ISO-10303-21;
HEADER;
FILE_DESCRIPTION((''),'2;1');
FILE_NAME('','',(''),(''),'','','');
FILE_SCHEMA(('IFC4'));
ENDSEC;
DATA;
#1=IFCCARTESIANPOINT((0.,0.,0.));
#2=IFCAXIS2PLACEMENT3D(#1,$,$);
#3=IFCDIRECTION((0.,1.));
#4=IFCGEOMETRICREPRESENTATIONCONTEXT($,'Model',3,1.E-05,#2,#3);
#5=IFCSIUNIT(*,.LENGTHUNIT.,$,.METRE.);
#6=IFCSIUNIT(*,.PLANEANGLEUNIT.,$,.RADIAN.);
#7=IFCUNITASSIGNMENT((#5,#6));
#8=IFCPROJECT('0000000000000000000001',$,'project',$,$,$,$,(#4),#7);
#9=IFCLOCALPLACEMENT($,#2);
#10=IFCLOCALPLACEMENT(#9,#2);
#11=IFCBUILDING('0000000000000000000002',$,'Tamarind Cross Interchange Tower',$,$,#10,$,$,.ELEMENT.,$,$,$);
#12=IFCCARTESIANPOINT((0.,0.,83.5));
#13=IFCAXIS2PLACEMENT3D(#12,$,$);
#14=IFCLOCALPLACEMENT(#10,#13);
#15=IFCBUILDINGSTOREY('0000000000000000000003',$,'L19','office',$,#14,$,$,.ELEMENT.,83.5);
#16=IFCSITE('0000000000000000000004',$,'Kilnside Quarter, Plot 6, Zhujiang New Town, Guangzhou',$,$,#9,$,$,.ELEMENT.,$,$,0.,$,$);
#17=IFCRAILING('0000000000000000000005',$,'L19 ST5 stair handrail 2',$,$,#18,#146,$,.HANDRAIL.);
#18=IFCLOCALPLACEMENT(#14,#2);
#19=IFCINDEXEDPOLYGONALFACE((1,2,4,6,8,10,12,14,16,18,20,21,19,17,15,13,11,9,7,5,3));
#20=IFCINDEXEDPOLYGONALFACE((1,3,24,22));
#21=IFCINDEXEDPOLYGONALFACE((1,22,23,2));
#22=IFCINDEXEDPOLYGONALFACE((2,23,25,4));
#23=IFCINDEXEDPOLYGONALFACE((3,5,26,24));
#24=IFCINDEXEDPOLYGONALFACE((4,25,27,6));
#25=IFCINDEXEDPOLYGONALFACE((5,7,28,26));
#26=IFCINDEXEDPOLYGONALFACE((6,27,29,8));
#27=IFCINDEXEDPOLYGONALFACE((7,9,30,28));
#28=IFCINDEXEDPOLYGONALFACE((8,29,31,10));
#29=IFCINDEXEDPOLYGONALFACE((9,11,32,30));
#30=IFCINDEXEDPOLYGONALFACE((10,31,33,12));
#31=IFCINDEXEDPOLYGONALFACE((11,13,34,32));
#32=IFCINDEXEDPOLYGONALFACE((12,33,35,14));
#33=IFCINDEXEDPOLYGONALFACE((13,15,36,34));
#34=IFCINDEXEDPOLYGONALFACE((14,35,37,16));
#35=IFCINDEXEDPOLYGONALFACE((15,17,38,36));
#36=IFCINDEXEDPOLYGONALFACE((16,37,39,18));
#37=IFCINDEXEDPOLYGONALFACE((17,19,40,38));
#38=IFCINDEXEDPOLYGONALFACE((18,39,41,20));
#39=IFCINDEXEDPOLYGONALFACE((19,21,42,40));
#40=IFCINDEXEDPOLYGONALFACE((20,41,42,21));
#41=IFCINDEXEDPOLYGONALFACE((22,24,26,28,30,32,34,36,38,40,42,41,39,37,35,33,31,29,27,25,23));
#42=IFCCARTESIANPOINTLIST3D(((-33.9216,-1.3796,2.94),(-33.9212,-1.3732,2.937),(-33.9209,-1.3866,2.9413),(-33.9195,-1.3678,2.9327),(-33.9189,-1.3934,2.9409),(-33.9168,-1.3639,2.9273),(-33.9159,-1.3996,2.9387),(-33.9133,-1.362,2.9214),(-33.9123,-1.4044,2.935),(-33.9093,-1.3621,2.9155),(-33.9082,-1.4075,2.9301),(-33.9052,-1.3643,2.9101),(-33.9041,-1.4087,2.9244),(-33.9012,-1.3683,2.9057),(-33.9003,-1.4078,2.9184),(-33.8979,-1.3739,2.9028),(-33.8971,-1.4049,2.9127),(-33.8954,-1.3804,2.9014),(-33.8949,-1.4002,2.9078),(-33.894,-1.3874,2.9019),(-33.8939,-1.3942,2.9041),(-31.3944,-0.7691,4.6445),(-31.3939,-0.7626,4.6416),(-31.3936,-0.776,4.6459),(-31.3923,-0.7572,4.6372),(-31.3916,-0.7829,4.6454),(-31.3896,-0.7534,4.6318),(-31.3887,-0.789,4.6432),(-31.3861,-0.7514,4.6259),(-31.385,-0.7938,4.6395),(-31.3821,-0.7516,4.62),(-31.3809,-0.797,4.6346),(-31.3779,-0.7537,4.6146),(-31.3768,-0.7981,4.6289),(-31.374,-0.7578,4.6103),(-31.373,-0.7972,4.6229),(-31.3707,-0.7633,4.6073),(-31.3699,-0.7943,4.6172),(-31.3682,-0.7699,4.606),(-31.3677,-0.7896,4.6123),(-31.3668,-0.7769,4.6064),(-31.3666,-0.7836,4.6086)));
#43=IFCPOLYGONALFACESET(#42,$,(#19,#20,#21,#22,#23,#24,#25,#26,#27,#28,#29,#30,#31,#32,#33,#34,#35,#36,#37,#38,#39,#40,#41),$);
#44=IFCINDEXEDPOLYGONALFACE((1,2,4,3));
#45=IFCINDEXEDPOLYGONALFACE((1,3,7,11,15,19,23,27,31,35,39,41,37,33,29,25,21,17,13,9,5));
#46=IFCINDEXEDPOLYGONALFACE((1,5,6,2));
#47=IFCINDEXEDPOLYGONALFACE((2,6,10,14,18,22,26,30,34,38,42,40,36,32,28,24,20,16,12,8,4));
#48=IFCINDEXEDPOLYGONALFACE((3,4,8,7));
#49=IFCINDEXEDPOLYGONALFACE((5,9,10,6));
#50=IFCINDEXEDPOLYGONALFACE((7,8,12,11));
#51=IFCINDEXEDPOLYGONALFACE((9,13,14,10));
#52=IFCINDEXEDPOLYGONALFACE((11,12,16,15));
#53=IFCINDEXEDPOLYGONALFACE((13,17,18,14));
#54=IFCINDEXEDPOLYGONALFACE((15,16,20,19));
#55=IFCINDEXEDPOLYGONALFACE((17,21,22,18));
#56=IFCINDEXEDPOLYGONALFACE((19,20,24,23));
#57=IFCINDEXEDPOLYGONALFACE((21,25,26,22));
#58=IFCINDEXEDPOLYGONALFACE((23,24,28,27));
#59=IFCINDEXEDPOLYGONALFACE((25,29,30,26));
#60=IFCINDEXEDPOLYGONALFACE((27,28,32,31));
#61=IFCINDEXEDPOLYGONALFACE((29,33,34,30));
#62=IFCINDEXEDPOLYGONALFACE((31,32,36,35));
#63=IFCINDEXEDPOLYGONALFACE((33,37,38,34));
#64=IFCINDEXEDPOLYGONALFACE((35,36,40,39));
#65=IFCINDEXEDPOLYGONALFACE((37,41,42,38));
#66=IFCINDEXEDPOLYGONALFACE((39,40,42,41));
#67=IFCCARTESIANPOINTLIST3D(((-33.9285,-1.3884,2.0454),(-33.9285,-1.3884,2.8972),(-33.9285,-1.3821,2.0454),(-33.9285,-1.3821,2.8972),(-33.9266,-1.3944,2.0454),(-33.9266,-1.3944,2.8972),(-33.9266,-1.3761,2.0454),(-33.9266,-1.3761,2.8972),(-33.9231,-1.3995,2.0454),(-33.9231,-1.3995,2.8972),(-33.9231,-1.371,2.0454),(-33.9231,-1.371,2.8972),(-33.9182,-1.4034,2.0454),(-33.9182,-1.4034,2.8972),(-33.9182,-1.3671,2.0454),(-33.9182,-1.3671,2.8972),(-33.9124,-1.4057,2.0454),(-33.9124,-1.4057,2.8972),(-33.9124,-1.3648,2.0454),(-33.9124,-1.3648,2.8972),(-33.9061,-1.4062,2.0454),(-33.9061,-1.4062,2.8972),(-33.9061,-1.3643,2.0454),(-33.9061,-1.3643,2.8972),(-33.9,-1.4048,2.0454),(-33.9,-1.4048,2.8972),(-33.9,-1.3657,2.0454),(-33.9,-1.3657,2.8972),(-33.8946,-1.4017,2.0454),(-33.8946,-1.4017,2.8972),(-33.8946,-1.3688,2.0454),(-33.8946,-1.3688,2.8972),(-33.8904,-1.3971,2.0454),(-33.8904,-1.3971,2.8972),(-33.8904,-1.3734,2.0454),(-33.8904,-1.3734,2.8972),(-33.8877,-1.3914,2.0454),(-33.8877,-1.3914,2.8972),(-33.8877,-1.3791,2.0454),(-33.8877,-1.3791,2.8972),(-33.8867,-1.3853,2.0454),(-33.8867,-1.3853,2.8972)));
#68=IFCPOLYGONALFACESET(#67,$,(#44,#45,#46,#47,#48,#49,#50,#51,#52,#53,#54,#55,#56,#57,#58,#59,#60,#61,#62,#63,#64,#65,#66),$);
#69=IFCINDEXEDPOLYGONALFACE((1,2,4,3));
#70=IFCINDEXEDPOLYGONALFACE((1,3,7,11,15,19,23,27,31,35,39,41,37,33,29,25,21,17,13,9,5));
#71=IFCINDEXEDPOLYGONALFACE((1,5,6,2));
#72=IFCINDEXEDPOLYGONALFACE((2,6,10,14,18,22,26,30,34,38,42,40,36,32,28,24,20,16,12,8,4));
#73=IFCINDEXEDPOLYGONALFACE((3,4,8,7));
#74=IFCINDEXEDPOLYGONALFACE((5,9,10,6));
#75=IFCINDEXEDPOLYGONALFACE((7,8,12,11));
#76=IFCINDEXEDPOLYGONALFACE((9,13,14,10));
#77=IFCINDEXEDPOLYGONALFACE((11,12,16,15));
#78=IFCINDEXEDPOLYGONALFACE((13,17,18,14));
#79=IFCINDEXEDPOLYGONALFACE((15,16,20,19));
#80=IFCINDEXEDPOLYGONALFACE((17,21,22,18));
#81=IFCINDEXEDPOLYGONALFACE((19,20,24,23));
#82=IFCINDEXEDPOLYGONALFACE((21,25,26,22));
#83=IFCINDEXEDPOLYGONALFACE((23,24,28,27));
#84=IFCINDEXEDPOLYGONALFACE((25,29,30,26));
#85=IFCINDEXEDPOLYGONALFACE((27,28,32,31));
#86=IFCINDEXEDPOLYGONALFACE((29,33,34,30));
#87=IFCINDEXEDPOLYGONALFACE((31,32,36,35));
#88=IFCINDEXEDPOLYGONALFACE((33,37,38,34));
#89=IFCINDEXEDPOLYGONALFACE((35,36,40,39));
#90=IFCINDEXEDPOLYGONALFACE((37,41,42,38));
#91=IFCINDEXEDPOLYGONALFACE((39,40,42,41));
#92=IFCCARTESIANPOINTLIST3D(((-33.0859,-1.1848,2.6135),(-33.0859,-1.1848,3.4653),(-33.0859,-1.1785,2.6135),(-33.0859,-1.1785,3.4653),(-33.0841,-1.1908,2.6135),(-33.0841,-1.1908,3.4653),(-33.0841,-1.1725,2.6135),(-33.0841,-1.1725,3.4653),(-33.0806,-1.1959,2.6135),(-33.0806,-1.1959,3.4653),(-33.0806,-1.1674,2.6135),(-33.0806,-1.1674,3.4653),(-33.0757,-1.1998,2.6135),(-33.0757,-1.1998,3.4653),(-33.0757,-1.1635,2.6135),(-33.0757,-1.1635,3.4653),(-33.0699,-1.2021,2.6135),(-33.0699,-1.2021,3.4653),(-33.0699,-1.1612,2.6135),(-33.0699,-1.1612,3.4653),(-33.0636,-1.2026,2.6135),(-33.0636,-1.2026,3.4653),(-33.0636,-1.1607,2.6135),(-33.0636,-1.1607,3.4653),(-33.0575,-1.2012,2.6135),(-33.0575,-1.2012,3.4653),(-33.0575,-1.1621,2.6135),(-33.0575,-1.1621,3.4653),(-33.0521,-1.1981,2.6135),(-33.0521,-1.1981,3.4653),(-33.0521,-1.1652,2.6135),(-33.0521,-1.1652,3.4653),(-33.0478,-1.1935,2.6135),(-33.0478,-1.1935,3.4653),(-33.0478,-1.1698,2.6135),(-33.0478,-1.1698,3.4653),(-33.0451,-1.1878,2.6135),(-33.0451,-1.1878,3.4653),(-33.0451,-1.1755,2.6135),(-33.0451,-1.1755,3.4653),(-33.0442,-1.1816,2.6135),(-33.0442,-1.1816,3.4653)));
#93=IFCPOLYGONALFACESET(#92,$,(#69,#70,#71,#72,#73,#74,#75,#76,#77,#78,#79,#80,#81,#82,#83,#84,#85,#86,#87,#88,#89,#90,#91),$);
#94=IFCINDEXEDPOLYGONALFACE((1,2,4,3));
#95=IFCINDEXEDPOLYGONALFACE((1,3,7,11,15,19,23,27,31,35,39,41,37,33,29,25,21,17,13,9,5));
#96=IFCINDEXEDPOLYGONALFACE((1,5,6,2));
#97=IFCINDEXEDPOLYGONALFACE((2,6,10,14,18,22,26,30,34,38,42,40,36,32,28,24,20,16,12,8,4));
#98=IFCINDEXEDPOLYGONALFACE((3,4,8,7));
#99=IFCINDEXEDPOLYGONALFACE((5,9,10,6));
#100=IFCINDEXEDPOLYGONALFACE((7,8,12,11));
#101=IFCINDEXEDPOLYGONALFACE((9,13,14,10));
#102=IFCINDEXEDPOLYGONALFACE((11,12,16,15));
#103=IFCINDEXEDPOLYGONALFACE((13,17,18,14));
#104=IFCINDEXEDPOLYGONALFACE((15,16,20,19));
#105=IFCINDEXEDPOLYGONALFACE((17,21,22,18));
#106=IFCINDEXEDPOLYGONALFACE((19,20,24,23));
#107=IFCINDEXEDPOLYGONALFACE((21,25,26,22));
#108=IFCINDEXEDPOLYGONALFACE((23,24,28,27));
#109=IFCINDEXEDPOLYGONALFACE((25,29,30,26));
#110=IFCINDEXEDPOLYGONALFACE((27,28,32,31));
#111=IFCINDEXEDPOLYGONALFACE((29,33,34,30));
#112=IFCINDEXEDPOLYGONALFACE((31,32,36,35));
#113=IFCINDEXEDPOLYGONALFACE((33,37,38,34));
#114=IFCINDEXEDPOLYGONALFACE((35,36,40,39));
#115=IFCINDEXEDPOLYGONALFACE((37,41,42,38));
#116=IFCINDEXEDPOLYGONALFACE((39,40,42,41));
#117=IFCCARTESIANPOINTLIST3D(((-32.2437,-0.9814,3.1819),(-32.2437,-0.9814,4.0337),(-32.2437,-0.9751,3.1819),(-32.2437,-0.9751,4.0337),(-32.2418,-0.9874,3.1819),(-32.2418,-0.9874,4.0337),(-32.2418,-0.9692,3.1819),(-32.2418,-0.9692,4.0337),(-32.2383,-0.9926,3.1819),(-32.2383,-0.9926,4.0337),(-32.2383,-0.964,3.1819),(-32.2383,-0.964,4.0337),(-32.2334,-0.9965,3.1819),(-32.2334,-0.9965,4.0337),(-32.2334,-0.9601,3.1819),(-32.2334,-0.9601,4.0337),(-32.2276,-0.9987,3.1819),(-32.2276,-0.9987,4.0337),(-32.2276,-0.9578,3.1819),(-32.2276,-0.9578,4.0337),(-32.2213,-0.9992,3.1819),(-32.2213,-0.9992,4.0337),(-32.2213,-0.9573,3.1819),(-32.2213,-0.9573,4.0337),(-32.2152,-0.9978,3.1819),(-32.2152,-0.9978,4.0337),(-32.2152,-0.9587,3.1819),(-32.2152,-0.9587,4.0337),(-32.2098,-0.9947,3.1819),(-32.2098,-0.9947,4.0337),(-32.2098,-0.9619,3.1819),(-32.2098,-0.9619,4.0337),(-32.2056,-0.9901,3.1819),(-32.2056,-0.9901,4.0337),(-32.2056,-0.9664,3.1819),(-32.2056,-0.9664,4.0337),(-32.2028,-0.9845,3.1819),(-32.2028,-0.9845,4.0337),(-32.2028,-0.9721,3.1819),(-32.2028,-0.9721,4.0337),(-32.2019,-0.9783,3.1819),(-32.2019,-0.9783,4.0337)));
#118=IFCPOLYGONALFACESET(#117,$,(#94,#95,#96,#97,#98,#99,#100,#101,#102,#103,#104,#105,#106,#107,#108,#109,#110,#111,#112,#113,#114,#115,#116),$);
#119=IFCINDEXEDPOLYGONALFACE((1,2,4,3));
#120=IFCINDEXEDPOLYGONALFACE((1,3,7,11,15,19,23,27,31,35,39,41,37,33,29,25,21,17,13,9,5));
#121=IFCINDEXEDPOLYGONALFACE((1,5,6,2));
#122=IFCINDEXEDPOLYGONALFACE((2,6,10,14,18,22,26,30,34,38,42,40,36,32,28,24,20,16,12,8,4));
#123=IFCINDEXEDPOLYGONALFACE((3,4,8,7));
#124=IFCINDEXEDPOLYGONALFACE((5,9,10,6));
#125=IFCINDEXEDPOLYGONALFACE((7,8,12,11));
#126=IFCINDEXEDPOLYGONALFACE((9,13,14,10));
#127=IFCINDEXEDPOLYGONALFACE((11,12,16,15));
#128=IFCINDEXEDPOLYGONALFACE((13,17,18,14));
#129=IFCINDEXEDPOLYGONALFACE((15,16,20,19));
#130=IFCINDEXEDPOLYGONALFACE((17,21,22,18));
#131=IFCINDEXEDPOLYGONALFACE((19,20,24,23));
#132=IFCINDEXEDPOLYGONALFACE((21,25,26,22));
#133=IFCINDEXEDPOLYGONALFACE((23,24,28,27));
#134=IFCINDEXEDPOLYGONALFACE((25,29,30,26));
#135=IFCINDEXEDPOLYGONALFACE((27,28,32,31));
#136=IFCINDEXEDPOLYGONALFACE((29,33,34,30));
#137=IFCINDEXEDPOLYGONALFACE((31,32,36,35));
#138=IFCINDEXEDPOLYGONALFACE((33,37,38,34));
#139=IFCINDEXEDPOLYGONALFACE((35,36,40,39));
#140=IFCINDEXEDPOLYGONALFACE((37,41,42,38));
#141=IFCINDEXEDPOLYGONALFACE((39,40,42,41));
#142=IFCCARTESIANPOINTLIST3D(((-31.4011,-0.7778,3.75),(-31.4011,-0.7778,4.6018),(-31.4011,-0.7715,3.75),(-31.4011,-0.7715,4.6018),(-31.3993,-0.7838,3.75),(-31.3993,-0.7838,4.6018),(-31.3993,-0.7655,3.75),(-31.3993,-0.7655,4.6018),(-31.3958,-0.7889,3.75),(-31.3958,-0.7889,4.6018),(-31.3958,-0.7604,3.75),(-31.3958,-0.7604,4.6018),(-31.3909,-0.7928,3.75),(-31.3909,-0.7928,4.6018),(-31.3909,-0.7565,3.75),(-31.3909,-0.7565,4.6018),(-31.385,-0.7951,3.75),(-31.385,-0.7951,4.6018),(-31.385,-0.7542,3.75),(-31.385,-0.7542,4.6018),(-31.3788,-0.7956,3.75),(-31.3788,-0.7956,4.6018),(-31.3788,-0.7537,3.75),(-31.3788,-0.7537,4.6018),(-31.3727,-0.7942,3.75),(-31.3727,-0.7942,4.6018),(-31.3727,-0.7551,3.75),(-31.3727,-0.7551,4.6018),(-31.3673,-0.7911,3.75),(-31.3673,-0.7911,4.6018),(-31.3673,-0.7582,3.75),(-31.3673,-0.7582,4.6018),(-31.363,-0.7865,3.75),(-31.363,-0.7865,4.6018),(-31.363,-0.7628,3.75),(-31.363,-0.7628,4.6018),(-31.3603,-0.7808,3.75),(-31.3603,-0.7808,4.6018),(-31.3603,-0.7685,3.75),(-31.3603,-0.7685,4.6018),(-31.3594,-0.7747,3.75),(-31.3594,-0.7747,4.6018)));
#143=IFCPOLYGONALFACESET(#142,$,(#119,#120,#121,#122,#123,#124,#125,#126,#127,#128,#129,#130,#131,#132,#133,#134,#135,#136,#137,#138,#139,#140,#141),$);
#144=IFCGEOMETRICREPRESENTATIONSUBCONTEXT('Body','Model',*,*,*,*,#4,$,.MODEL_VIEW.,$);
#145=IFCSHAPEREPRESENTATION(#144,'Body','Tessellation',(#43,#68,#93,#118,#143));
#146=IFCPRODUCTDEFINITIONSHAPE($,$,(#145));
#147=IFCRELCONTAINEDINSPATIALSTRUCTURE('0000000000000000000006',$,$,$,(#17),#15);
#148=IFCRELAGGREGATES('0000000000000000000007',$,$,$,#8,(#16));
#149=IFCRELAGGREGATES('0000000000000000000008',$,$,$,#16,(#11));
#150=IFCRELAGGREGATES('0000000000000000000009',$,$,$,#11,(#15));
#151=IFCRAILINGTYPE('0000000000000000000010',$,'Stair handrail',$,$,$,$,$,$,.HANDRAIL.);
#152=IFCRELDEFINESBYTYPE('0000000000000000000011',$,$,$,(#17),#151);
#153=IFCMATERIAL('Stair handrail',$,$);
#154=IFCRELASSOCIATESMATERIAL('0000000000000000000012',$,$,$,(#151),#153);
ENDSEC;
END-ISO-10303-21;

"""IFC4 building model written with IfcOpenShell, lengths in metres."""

from ifc_helpers import new_model, si_unit, direction, frame, origin, origin_2d, place, context, subcontext, project, spatial, circle, extrude, material, type_object, element, save


model = new_model("IFC4")

# Units and contexts
model_context = context("Model", 3, precision=1e-05, world=origin(), true_north=direction((0.0, 1.0)))
body_context = subcontext(model_context, "Body", "Model", "MODEL_VIEW")
ifc_project = project(units=[si_unit("LENGTHUNIT", "METRE"), si_unit("PLANEANGLEUNIT", "RADIAN")], contexts=[model_context])

# Site, building, storey
site_placement = place(None, origin())
site = spatial("IfcSite", under=ifc_project, at=site_placement, Name="Kilnside Quarter, Plot 6, Zhujiang New Town, Guangzhou", CompositionType="ELEMENT", RefElevation=0.0)
building_placement = place(site_placement, origin())
building = spatial("IfcBuilding", under=site, at=building_placement, Name="Tamarind Cross Interchange Tower", CompositionType="ELEMENT")
storey_placement = place(building_placement, frame((0.0, 0.0, 83.5)))
storey = spatial("IfcBuildingStorey", under=building, at=storey_placement, Name="L19", Description="office", CompositionType="ELEMENT", Elevation=83.5)

# Railing
ifc_material_1 = material(Name="Stair handrail")
railing_type_1 = type_object("IfcRailingType", Name="Stair handrail", PredefinedType="HANDRAIL", material=ifc_material_1)
railing_1_placement = place(storey_placement, frame((-33.9077, -1.3853, 2.0454)))
element("IfcRailing", 1, at=railing_1_placement, inside=storey, type_object=railing_type_1, Name="L19 ST5 stair handrail 2", PredefinedType="HANDRAIL", context=body_context, shape_type="SweptSolid", body=[
    extrude(circle(Radius=0.0239, at=origin_2d()), frame((0.0, 0.0, 0.876), z_axis=(0.81291, 0.196396, 0.548275), x_axis=(-0.234839, 0.972034, 0.0)), (0.0, 0.0, 1.0), 3.1089),
    extrude(circle(Radius=0.021, at=origin_2d()), origin(), (0.0, 0.0, 1.0), 0.8518),
    extrude(circle(Radius=0.021, at=origin_2d()), frame((0.8425, 0.2036, 0.5681)), (0.0, 0.0, 1.0), 0.8518),
    extrude(circle(Radius=0.021, at=origin_2d()), frame((1.6848, 0.407, 1.1365)), (0.0, 0.0, 1.0), 0.8518),
    extrude(circle(Radius=0.021, at=origin_2d()), frame((2.5273, 0.6106, 1.7046)), (0.0, 0.0, 1.0), 0.8518),
])

save(model, "model.ifc")
